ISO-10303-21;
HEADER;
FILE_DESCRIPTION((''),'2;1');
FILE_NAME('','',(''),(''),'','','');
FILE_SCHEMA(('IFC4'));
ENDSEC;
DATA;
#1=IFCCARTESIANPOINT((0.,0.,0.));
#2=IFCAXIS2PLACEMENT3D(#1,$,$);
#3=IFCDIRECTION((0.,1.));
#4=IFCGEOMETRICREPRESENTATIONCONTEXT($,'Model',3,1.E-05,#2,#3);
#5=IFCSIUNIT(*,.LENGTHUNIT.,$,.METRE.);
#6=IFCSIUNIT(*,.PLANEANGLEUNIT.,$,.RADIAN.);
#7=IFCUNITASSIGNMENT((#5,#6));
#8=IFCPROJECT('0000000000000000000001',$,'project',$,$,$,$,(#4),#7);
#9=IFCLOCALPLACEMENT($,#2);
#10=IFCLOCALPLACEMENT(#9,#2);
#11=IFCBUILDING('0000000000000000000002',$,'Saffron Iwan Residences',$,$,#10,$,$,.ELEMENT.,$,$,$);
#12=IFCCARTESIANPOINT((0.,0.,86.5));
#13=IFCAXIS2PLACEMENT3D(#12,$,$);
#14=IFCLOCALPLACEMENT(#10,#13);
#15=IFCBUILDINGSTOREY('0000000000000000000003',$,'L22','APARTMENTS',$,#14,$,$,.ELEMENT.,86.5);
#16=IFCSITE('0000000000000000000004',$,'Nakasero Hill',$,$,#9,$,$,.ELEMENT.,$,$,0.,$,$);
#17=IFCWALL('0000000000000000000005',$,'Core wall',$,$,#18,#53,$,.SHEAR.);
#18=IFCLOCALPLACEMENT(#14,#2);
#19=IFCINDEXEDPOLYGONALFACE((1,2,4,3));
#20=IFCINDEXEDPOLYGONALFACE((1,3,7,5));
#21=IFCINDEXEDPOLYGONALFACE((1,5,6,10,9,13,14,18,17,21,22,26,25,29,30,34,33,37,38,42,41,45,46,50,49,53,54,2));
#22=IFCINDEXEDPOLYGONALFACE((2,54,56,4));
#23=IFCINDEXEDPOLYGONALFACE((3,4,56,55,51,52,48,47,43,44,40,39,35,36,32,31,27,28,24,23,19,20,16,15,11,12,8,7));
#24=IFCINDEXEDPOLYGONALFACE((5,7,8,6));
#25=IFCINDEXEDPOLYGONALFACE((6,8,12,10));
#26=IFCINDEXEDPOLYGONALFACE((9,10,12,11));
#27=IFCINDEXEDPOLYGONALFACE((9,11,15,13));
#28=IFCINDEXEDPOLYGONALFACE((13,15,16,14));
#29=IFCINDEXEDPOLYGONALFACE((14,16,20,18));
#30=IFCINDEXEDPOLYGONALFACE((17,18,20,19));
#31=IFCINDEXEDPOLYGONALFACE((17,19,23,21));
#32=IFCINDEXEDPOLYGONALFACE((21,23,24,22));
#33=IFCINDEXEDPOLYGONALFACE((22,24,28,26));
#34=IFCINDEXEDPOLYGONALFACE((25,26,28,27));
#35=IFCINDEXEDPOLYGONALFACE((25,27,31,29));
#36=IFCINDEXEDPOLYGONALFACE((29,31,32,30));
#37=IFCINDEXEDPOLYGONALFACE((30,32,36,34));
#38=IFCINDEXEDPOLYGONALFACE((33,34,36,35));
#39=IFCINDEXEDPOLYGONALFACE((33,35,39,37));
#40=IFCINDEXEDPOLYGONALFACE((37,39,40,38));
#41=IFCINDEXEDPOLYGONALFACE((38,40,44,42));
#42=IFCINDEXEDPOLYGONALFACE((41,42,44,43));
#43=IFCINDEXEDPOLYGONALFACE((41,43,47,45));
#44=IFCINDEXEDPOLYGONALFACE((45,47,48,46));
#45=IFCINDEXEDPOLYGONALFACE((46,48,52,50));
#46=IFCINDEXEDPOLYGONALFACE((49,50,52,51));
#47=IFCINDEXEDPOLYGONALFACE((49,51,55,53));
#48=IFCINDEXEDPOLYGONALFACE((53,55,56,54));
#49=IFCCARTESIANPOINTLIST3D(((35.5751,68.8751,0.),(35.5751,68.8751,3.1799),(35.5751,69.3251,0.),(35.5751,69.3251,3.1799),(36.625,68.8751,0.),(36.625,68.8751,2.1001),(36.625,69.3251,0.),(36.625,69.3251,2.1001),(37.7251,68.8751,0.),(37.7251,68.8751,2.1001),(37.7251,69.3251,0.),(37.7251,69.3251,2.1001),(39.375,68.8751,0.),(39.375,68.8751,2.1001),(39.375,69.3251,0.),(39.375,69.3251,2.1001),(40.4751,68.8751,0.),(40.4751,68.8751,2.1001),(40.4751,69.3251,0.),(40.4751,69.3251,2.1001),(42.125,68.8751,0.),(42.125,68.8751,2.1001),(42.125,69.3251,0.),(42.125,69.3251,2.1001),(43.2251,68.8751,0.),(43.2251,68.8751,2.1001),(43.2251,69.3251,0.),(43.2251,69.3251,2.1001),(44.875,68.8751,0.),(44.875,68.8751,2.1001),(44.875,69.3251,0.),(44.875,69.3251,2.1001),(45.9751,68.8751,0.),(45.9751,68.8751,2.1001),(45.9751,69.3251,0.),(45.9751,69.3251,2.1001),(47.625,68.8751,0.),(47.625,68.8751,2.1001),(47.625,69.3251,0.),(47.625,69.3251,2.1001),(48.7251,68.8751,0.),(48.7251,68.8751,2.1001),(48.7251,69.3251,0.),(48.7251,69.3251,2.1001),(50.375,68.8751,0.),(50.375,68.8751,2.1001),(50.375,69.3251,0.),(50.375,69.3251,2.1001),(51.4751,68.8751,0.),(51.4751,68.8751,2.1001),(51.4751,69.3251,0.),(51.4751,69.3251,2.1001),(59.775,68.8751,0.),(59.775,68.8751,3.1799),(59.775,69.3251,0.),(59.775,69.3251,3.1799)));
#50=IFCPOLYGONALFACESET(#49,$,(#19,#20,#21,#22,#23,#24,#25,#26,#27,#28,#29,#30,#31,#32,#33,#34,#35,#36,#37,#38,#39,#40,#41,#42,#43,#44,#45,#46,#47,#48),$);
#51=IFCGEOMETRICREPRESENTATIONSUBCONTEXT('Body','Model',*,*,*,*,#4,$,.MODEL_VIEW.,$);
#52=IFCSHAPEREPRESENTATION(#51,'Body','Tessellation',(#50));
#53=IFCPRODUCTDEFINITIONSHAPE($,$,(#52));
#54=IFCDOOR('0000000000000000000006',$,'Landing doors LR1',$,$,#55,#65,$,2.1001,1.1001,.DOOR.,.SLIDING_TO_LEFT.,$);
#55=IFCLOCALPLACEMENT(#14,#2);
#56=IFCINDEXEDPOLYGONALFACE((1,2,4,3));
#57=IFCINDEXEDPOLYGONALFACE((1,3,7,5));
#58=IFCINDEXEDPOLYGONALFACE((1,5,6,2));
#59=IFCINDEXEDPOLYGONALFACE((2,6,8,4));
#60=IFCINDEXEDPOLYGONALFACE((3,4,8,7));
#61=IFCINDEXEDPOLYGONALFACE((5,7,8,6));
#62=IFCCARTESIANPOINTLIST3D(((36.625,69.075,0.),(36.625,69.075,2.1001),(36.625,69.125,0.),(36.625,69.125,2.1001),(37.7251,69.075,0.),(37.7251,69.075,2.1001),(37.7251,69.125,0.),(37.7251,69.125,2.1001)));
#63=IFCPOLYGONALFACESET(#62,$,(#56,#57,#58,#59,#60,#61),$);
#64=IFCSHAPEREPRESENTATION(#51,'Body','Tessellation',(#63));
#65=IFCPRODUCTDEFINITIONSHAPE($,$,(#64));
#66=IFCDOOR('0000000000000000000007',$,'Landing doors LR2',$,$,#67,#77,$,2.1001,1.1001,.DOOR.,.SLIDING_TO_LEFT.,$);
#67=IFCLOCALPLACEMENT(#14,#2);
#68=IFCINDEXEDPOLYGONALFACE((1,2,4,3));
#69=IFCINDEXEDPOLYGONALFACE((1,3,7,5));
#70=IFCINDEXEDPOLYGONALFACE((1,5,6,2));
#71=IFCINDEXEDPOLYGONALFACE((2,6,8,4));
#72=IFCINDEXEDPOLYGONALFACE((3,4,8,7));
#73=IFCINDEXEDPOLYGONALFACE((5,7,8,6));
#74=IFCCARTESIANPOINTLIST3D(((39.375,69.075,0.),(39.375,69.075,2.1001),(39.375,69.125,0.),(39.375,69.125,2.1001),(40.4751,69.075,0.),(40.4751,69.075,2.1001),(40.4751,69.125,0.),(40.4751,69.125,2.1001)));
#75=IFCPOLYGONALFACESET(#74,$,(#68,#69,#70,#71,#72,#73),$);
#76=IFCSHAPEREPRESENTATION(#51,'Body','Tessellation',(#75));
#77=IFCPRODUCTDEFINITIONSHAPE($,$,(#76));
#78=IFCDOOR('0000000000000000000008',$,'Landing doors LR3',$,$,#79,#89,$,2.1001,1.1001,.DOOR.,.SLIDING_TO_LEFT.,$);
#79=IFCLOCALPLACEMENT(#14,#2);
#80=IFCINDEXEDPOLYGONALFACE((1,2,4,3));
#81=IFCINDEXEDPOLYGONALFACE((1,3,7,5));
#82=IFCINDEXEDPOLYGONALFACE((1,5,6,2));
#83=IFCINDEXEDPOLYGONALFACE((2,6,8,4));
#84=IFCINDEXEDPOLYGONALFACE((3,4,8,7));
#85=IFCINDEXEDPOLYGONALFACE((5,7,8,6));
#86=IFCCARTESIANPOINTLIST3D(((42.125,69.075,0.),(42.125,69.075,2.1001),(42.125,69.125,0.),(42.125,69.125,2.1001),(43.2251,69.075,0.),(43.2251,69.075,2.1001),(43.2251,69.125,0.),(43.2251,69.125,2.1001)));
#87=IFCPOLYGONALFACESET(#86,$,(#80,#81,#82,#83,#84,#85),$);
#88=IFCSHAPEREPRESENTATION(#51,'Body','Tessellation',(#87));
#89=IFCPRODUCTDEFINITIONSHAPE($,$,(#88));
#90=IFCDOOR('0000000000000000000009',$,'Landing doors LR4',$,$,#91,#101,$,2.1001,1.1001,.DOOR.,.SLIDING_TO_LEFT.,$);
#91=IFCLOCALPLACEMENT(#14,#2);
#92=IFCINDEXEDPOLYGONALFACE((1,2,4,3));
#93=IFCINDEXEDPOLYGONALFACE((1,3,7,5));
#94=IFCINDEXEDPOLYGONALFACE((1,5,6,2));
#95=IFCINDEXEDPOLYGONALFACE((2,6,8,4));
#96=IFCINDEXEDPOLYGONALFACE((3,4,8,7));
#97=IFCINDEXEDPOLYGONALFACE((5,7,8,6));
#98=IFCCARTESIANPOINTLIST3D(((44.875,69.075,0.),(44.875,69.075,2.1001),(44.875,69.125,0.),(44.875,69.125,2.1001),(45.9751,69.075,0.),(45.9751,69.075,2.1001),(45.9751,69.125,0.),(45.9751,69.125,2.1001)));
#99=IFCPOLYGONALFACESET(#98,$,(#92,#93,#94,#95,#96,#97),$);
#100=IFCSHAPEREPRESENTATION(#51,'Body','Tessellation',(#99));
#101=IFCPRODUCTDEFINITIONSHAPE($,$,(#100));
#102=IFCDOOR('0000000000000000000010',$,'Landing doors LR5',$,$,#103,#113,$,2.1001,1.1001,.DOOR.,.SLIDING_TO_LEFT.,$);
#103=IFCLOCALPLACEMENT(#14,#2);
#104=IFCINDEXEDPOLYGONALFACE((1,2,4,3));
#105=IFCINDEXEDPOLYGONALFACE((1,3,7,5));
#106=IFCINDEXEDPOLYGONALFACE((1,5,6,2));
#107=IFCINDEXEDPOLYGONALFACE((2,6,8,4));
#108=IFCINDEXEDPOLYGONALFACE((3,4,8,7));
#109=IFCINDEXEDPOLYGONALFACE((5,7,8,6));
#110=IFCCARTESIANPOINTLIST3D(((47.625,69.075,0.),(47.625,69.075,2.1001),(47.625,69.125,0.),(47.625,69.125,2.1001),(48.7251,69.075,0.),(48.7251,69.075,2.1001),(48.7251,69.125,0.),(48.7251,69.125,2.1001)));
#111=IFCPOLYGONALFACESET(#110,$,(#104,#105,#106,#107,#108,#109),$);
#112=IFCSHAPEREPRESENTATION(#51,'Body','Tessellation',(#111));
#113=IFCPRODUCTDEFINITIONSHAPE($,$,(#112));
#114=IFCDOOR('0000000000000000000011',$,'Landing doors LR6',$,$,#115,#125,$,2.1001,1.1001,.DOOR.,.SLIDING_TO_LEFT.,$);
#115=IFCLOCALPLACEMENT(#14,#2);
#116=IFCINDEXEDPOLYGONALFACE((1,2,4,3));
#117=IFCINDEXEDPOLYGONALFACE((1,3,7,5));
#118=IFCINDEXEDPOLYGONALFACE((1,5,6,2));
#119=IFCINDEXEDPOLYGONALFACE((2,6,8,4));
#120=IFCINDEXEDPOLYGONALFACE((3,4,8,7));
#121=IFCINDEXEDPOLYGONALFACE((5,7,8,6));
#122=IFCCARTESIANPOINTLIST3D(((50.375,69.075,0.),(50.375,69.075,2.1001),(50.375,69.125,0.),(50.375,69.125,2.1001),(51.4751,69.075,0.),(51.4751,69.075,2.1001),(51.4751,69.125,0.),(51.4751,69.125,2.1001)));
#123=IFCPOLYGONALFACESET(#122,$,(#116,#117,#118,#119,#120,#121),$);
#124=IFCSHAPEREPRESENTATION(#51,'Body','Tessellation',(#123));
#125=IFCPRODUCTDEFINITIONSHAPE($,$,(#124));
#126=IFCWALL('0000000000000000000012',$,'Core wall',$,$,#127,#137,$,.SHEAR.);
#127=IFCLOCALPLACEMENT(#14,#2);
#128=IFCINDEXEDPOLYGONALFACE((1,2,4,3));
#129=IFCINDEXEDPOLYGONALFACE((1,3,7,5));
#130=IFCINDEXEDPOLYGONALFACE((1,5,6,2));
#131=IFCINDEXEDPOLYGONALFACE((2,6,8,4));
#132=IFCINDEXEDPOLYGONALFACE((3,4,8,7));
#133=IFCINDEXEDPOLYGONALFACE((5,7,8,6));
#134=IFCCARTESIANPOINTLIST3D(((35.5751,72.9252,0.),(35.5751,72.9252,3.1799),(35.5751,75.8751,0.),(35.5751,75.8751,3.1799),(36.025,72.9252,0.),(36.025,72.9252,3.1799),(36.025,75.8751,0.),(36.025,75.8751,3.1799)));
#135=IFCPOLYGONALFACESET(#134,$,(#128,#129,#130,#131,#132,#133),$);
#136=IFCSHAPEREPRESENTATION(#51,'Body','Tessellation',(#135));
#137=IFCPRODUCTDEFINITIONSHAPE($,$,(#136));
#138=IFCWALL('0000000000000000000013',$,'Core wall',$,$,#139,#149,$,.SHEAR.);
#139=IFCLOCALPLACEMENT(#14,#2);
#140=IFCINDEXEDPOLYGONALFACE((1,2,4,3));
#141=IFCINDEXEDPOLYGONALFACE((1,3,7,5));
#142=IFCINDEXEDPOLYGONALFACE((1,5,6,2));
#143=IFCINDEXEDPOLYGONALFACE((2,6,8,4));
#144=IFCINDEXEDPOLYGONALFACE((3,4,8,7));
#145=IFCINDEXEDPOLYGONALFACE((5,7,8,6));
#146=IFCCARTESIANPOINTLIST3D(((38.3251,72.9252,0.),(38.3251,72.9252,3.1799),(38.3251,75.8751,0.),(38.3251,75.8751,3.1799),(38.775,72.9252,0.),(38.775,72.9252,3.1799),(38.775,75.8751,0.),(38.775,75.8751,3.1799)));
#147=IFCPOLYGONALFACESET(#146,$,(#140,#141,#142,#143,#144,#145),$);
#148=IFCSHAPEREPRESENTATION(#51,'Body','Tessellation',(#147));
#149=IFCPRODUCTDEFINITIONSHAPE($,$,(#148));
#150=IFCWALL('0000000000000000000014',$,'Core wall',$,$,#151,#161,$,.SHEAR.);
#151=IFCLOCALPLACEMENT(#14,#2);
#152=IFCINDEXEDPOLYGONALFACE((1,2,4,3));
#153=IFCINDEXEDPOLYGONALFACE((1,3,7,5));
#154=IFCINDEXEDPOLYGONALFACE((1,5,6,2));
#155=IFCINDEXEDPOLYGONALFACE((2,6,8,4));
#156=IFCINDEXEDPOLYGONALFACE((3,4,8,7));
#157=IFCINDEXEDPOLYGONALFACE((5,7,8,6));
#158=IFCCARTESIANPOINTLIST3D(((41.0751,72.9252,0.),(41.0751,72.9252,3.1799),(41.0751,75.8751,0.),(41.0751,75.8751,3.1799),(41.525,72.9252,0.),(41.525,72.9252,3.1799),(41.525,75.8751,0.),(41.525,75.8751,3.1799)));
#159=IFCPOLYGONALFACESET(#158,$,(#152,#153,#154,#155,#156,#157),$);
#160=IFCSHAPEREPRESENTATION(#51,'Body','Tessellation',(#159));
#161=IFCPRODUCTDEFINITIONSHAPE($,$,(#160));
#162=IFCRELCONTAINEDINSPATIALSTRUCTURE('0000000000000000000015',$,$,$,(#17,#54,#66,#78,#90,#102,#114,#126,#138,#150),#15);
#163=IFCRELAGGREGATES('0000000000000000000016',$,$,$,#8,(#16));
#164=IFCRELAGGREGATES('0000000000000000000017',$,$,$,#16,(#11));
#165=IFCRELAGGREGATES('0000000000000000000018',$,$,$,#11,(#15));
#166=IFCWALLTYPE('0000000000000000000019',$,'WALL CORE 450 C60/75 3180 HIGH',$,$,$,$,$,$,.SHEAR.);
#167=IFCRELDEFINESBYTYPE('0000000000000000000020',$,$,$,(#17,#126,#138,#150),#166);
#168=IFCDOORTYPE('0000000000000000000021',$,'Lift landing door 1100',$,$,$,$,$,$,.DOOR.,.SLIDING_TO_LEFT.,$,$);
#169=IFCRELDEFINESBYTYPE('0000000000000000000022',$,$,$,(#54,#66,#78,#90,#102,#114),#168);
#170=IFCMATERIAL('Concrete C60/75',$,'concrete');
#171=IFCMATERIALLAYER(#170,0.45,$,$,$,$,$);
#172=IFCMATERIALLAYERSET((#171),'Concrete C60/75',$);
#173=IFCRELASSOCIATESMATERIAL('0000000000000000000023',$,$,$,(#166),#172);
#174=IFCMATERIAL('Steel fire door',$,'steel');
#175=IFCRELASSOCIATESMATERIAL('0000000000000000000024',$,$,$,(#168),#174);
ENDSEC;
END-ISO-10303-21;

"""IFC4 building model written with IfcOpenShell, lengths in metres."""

from ifc_helpers import new_model, si_unit, direction, frame, frame_2d, origin, place, context, subcontext, project, spatial, rectangle, extrude, material, layer, layer_set, type_object, element, fill, save


model = new_model("IFC4")

# Units and contexts
model_context = context("Model", 3, precision=1e-05, world=origin(), true_north=direction((0.0, 1.0)))
body_context = subcontext(model_context, "Body", "Model", "MODEL_VIEW")
ifc_project = project(units=[si_unit("LENGTHUNIT", "METRE"), si_unit("PLANEANGLEUNIT", "RADIAN")], contexts=[model_context])

# Site, building, storey
site_placement = place(None, origin())
site = spatial("IfcSite", under=ifc_project, at=site_placement, Name="Nakasero Hill", CompositionType="ELEMENT", RefElevation=0.0)
building_placement = place(site_placement, origin())
building = spatial("IfcBuilding", under=site, at=building_placement, Name="Saffron Iwan Residences", CompositionType="ELEMENT")
storey_placement = place(building_placement, frame((0.0, 0.0, 86.5)))
storey = spatial("IfcBuildingStorey", under=building, at=storey_placement, Name="L22", Description="APARTMENTS", CompositionType="ELEMENT", Elevation=86.5)

# Shared definitions
ifc_material_1 = material(Name="Steel fire door", Category="steel")

# Wall, openings, doors
ifc_material_2 = material(Name="Concrete C60/75", Category="concrete")
ifc_layer_1 = layer(ifc_material_2, 0.45)
ifc_layer_set_1 = layer_set([ifc_layer_1], Name="Concrete C60/75")
wall_type_1 = type_object("IfcWallType", Name="WALL CORE 450 C60/75 3180 HIGH", PredefinedType="SHEAR", material=ifc_layer_set_1)
wall_1_placement = place(storey_placement, frame((35.575, 69.1001, 0.0), z_axis=(0.0, 0.0, 1.0), x_axis=(1.0, 0.0, 0.0)))
wall_1 = element("IfcWall", 1, at=wall_1_placement, inside=storey, type_object=wall_type_1, Name="Core wall", PredefinedType="SHEAR", context=body_context, shape_type="SweptSolid", body=[
    extrude(rectangle(XDim=24.2, YDim=0.45, at=frame_2d((12.1001, 0.0))), origin(), (0.0, 0.0, 1.0), 3.1799),
])
opening_1_placement = place(wall_1_placement, frame((1.05, 0.0, 0.0)))
opening_1 = element("IfcOpeningElement", 2, at=opening_1_placement, cuts=wall_1, PredefinedType="OPENING", context=body_context, shape_type="SweptSolid", body=[
    extrude(rectangle(XDim=1.1001, YDim=2.1001, at=frame_2d((0.55, 1.05))), frame((0.0, 0.2349, 0.0), z_axis=(0.0, -1.0, 0.0), x_axis=(1.0, 0.0, 0.0)), (0.0, 0.0, 1.0), 0.47),
])
opening_2_placement = place(wall_1_placement, frame((3.8, 0.0, 0.0)))
opening_2 = element("IfcOpeningElement", 3, at=opening_2_placement, cuts=wall_1, PredefinedType="OPENING", context=body_context, shape_type="SweptSolid", body=[
    extrude(rectangle(XDim=1.1001, YDim=2.1001, at=frame_2d((0.55, 1.05))), frame((0.0, 0.2349, 0.0), z_axis=(0.0, -1.0, 0.0), x_axis=(1.0, 0.0, 0.0)), (0.0, 0.0, 1.0), 0.47),
])
opening_3_placement = place(wall_1_placement, frame((6.55, 0.0, 0.0)))
opening_3 = element("IfcOpeningElement", 4, at=opening_3_placement, cuts=wall_1, PredefinedType="OPENING", context=body_context, shape_type="SweptSolid", body=[
    extrude(rectangle(XDim=1.1001, YDim=2.1001, at=frame_2d((0.55, 1.05))), frame((0.0, 0.2349, 0.0), z_axis=(0.0, -1.0, 0.0), x_axis=(1.0, 0.0, 0.0)), (0.0, 0.0, 1.0), 0.47),
])
opening_4_placement = place(wall_1_placement, frame((9.3, 0.0, 0.0)))
opening_4 = element("IfcOpeningElement", 5, at=opening_4_placement, cuts=wall_1, PredefinedType="OPENING", context=body_context, shape_type="SweptSolid", body=[
    extrude(rectangle(XDim=1.1001, YDim=2.1001, at=frame_2d((0.55, 1.05))), frame((0.0, 0.2349, 0.0), z_axis=(0.0, -1.0, 0.0), x_axis=(1.0, 0.0, 0.0)), (0.0, 0.0, 1.0), 0.47),
])
opening_5_placement = place(wall_1_placement, frame((12.05, 0.0, 0.0)))
opening_5 = element("IfcOpeningElement", 6, at=opening_5_placement, cuts=wall_1, PredefinedType="OPENING", context=body_context, shape_type="SweptSolid", body=[
    extrude(rectangle(XDim=1.1001, YDim=2.1001, at=frame_2d((0.55, 1.05))), frame((0.0, 0.2349, 0.0), z_axis=(0.0, -1.0, 0.0), x_axis=(1.0, 0.0, 0.0)), (0.0, 0.0, 1.0), 0.47),
])
opening_6_placement = place(wall_1_placement, frame((14.8, 0.0, 0.0)))
opening_6 = element("IfcOpeningElement", 7, at=opening_6_placement, cuts=wall_1, PredefinedType="OPENING", context=body_context, shape_type="SweptSolid", body=[
    extrude(rectangle(XDim=1.1001, YDim=2.1001, at=frame_2d((0.55, 1.05))), frame((0.0, 0.2349, 0.0), z_axis=(0.0, -1.0, 0.0), x_axis=(1.0, 0.0, 0.0)), (0.0, 0.0, 1.0), 0.47),
])
door_type_1 = type_object("IfcDoorType", Name="Lift landing door 1100", OperationType="SLIDING_TO_LEFT", PredefinedType="DOOR", material=ifc_material_1)
door_1_placement = place(opening_1_placement, origin())
door_1 = element("IfcDoor", 8, at=door_1_placement, inside=storey, type_object=door_type_1, Name="Landing doors LR1", OperationType="SLIDING_TO_LEFT", OverallHeight=2.1001, OverallWidth=1.1001, PredefinedType="DOOR", context=body_context, shape_type="SweptSolid", body=[
    extrude(rectangle(XDim=1.1001, YDim=2.1001, at=frame_2d((0.55, 1.05))), frame((0.0, 0.0249, 0.0), z_axis=(0.0, -1.0, 0.0), x_axis=(1.0, 0.0, 0.0)), (0.0, 0.0, 1.0), 0.05),
])
fill(opening_1, door_1)
door_2_placement = place(opening_2_placement, origin())
door_2 = element("IfcDoor", 9, at=door_2_placement, inside=storey, type_object=door_type_1, Name="Landing doors LR2", OperationType="SLIDING_TO_LEFT", OverallHeight=2.1001, OverallWidth=1.1001, PredefinedType="DOOR", context=body_context, shape_type="SweptSolid", body=[
    extrude(rectangle(XDim=1.1001, YDim=2.1001, at=frame_2d((0.55, 1.05))), frame((0.0, 0.0249, 0.0), z_axis=(0.0, -1.0, 0.0), x_axis=(1.0, 0.0, 0.0)), (0.0, 0.0, 1.0), 0.05),
])
fill(opening_2, door_2)
door_3_placement = place(opening_3_placement, origin())
door_3 = element("IfcDoor", 10, at=door_3_placement, inside=storey, type_object=door_type_1, Name="Landing doors LR3", OperationType="SLIDING_TO_LEFT", OverallHeight=2.1001, OverallWidth=1.1001, PredefinedType="DOOR", context=body_context, shape_type="SweptSolid", body=[
    extrude(rectangle(XDim=1.1001, YDim=2.1001, at=frame_2d((0.55, 1.05))), frame((0.0, 0.0249, 0.0), z_axis=(0.0, -1.0, 0.0), x_axis=(1.0, 0.0, 0.0)), (0.0, 0.0, 1.0), 0.05),
])
fill(opening_3, door_3)
door_4_placement = place(opening_4_placement, origin())
door_4 = element("IfcDoor", 11, at=door_4_placement, inside=storey, type_object=door_type_1, Name="Landing doors LR4", OperationType="SLIDING_TO_LEFT", OverallHeight=2.1001, OverallWidth=1.1001, PredefinedType="DOOR", context=body_context, shape_type="SweptSolid", body=[
    extrude(rectangle(XDim=1.1001, YDim=2.1001, at=frame_2d((0.55, 1.05))), frame((0.0, 0.0249, 0.0), z_axis=(0.0, -1.0, 0.0), x_axis=(1.0, 0.0, 0.0)), (0.0, 0.0, 1.0), 0.05),
])
fill(opening_4, door_4)
door_5_placement = place(opening_5_placement, origin())
door_5 = element("IfcDoor", 12, at=door_5_placement, inside=storey, type_object=door_type_1, Name="Landing doors LR5", OperationType="SLIDING_TO_LEFT", OverallHeight=2.1001, OverallWidth=1.1001, PredefinedType="DOOR", context=body_context, shape_type="SweptSolid", body=[
    extrude(rectangle(XDim=1.1001, YDim=2.1001, at=frame_2d((0.55, 1.05))), frame((0.0, 0.0249, 0.0), z_axis=(0.0, -1.0, 0.0), x_axis=(1.0, 0.0, 0.0)), (0.0, 0.0, 1.0), 0.05),
])
fill(opening_5, door_5)
door_6_placement = place(opening_6_placement, origin())
door_6 = element("IfcDoor", 13, at=door_6_placement, inside=storey, type_object=door_type_1, Name="Landing doors LR6", OperationType="SLIDING_TO_LEFT", OverallHeight=2.1001, OverallWidth=1.1001, PredefinedType="DOOR", context=body_context, shape_type="SweptSolid", body=[
    extrude(rectangle(XDim=1.1001, YDim=2.1001, at=frame_2d((0.55, 1.05))), frame((0.0, 0.0249, 0.0), z_axis=(0.0, -1.0, 0.0), x_axis=(1.0, 0.0, 0.0)), (0.0, 0.0, 1.0), 0.05),
])
fill(opening_6, door_6)

# Walls
for number, where, z_axis, x_axis, name in (
    (14, (35.8, 72.925, 0.0), (0.0, 0.0, 1.0), (0.0, 1.0, 0.0), "Core wall"),
    (15, (38.55, 72.925, 0.0), (0.0, 0.0, 1.0), (0.0, 1.0, 0.0), "Core wall"),
    (16, (41.3, 72.925, 0.0), (0.0, 0.0, 1.0), (0.0, 1.0, 0.0), "Core wall"),
):
    element("IfcWall", number, at=place(storey_placement, frame(where, z_axis=z_axis, x_axis=x_axis)), inside=storey, type_object=wall_type_1, Name=name, PredefinedType="SHEAR", context=body_context, shape_type="SweptSolid", body=[
        extrude(rectangle(XDim=2.95, YDim=0.45, at=frame_2d((1.4751, 0.0))), origin(), (0.0, 0.0, 1.0), 3.1799),
    ])

save(model, "model.ifc")
